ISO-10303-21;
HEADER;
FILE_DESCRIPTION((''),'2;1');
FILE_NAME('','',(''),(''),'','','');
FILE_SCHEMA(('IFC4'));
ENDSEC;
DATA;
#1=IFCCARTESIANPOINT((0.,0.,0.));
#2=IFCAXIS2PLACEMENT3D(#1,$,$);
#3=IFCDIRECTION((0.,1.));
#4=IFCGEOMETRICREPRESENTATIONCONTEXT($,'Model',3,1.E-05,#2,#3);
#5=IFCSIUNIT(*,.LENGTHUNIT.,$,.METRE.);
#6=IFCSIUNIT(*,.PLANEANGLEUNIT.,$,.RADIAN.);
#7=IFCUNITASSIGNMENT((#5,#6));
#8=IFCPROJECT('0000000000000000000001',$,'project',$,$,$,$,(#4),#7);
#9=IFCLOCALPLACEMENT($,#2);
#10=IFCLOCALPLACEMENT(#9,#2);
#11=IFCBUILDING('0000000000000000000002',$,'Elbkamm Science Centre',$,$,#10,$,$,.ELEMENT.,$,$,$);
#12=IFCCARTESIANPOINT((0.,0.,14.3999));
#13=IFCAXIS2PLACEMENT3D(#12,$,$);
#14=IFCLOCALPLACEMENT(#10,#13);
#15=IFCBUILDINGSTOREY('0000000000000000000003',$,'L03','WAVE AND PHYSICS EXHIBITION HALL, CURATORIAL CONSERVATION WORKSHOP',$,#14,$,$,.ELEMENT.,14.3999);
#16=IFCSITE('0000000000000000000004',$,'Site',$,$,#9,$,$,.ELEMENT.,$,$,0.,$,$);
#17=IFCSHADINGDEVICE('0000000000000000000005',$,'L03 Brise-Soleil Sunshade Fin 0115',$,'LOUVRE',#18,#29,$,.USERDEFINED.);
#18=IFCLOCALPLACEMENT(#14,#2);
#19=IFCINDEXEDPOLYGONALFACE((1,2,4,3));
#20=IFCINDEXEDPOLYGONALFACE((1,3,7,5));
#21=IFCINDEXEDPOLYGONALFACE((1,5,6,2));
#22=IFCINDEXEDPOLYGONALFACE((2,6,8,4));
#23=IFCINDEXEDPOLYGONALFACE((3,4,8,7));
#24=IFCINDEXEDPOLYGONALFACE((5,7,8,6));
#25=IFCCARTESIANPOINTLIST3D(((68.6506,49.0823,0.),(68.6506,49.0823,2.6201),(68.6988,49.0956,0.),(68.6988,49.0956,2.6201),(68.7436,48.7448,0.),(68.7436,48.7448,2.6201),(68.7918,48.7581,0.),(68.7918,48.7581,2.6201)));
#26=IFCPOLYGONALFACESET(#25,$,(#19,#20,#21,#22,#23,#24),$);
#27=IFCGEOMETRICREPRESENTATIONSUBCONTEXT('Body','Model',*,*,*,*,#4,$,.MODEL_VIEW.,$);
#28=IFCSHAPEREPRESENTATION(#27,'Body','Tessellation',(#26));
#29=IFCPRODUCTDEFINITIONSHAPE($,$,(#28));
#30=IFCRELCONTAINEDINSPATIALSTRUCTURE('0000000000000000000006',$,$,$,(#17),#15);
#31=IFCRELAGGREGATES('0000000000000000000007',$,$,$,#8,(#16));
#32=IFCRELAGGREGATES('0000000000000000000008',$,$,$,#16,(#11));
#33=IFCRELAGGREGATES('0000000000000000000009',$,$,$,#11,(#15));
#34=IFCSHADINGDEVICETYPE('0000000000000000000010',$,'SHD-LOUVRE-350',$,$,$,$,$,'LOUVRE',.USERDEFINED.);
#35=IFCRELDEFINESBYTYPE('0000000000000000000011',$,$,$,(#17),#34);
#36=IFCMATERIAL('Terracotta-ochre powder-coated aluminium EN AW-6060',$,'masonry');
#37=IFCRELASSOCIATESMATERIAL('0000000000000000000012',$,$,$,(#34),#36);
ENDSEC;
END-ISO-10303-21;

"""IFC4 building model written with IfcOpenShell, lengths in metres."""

from ifc_helpers import new_model, si_unit, direction, frame, origin, origin_2d, place, context, subcontext, project, spatial, rectangle, extrude, material, type_object, element, save


model = new_model("IFC4")

# Units and contexts
model_context = context("Model", 3, precision=1e-05, world=origin(), true_north=direction((0.0, 1.0)))
body_context = subcontext(model_context, "Body", "Model", "MODEL_VIEW")
ifc_project = project(units=[si_unit("LENGTHUNIT", "METRE"), si_unit("PLANEANGLEUNIT", "RADIAN")], contexts=[model_context])

# Site, building, storey
site_placement = place(None, origin())
site = spatial("IfcSite", under=ifc_project, at=site_placement, Name="Site", CompositionType="ELEMENT", RefElevation=0.0)
building_placement = place(site_placement, origin())
building = spatial("IfcBuilding", under=site, at=building_placement, Name="Elbkamm Science Centre", CompositionType="ELEMENT")
storey_placement = place(building_placement, frame((0.0, 0.0, 14.3999)))
storey = spatial("IfcBuildingStorey", under=building, at=storey_placement, Name="L03", Description="WAVE AND PHYSICS EXHIBITION HALL, CURATORIAL CONSERVATION WORKSHOP", CompositionType="ELEMENT", Elevation=14.3999)

# Shading device
ifc_material_1 = material(Name="Terracotta-ochre powder-coated aluminium EN AW-6060", Category="masonry")
shading_device_type = type_object("IfcShadingDeviceType", Name="SHD-LOUVRE-350", ElementType="LOUVRE", PredefinedType="USERDEFINED", material=ifc_material_1)
for number, where, z_axis, x_axis, name in (
    (1, (68.7212, 48.9202, 0.0), (0.0, 0.0, 1.0), (0.265729, -0.964048, 0.0), "L03 Brise-Soleil Sunshade Fin 0115"),
):
    element("IfcShadingDevice", number, at=place(storey_placement, frame(where, z_axis=z_axis, x_axis=x_axis)), inside=storey, type_object=shading_device_type, Name=name, ObjectType="LOUVRE", PredefinedType="USERDEFINED", context=body_context, shape_type="SweptSolid", body=[
        extrude(rectangle(XDim=0.3501, YDim=0.05, at=origin_2d()), origin(), (0.0, 0.0, 1.0), 2.6201),
    ])

save(model, "model.ifc")
